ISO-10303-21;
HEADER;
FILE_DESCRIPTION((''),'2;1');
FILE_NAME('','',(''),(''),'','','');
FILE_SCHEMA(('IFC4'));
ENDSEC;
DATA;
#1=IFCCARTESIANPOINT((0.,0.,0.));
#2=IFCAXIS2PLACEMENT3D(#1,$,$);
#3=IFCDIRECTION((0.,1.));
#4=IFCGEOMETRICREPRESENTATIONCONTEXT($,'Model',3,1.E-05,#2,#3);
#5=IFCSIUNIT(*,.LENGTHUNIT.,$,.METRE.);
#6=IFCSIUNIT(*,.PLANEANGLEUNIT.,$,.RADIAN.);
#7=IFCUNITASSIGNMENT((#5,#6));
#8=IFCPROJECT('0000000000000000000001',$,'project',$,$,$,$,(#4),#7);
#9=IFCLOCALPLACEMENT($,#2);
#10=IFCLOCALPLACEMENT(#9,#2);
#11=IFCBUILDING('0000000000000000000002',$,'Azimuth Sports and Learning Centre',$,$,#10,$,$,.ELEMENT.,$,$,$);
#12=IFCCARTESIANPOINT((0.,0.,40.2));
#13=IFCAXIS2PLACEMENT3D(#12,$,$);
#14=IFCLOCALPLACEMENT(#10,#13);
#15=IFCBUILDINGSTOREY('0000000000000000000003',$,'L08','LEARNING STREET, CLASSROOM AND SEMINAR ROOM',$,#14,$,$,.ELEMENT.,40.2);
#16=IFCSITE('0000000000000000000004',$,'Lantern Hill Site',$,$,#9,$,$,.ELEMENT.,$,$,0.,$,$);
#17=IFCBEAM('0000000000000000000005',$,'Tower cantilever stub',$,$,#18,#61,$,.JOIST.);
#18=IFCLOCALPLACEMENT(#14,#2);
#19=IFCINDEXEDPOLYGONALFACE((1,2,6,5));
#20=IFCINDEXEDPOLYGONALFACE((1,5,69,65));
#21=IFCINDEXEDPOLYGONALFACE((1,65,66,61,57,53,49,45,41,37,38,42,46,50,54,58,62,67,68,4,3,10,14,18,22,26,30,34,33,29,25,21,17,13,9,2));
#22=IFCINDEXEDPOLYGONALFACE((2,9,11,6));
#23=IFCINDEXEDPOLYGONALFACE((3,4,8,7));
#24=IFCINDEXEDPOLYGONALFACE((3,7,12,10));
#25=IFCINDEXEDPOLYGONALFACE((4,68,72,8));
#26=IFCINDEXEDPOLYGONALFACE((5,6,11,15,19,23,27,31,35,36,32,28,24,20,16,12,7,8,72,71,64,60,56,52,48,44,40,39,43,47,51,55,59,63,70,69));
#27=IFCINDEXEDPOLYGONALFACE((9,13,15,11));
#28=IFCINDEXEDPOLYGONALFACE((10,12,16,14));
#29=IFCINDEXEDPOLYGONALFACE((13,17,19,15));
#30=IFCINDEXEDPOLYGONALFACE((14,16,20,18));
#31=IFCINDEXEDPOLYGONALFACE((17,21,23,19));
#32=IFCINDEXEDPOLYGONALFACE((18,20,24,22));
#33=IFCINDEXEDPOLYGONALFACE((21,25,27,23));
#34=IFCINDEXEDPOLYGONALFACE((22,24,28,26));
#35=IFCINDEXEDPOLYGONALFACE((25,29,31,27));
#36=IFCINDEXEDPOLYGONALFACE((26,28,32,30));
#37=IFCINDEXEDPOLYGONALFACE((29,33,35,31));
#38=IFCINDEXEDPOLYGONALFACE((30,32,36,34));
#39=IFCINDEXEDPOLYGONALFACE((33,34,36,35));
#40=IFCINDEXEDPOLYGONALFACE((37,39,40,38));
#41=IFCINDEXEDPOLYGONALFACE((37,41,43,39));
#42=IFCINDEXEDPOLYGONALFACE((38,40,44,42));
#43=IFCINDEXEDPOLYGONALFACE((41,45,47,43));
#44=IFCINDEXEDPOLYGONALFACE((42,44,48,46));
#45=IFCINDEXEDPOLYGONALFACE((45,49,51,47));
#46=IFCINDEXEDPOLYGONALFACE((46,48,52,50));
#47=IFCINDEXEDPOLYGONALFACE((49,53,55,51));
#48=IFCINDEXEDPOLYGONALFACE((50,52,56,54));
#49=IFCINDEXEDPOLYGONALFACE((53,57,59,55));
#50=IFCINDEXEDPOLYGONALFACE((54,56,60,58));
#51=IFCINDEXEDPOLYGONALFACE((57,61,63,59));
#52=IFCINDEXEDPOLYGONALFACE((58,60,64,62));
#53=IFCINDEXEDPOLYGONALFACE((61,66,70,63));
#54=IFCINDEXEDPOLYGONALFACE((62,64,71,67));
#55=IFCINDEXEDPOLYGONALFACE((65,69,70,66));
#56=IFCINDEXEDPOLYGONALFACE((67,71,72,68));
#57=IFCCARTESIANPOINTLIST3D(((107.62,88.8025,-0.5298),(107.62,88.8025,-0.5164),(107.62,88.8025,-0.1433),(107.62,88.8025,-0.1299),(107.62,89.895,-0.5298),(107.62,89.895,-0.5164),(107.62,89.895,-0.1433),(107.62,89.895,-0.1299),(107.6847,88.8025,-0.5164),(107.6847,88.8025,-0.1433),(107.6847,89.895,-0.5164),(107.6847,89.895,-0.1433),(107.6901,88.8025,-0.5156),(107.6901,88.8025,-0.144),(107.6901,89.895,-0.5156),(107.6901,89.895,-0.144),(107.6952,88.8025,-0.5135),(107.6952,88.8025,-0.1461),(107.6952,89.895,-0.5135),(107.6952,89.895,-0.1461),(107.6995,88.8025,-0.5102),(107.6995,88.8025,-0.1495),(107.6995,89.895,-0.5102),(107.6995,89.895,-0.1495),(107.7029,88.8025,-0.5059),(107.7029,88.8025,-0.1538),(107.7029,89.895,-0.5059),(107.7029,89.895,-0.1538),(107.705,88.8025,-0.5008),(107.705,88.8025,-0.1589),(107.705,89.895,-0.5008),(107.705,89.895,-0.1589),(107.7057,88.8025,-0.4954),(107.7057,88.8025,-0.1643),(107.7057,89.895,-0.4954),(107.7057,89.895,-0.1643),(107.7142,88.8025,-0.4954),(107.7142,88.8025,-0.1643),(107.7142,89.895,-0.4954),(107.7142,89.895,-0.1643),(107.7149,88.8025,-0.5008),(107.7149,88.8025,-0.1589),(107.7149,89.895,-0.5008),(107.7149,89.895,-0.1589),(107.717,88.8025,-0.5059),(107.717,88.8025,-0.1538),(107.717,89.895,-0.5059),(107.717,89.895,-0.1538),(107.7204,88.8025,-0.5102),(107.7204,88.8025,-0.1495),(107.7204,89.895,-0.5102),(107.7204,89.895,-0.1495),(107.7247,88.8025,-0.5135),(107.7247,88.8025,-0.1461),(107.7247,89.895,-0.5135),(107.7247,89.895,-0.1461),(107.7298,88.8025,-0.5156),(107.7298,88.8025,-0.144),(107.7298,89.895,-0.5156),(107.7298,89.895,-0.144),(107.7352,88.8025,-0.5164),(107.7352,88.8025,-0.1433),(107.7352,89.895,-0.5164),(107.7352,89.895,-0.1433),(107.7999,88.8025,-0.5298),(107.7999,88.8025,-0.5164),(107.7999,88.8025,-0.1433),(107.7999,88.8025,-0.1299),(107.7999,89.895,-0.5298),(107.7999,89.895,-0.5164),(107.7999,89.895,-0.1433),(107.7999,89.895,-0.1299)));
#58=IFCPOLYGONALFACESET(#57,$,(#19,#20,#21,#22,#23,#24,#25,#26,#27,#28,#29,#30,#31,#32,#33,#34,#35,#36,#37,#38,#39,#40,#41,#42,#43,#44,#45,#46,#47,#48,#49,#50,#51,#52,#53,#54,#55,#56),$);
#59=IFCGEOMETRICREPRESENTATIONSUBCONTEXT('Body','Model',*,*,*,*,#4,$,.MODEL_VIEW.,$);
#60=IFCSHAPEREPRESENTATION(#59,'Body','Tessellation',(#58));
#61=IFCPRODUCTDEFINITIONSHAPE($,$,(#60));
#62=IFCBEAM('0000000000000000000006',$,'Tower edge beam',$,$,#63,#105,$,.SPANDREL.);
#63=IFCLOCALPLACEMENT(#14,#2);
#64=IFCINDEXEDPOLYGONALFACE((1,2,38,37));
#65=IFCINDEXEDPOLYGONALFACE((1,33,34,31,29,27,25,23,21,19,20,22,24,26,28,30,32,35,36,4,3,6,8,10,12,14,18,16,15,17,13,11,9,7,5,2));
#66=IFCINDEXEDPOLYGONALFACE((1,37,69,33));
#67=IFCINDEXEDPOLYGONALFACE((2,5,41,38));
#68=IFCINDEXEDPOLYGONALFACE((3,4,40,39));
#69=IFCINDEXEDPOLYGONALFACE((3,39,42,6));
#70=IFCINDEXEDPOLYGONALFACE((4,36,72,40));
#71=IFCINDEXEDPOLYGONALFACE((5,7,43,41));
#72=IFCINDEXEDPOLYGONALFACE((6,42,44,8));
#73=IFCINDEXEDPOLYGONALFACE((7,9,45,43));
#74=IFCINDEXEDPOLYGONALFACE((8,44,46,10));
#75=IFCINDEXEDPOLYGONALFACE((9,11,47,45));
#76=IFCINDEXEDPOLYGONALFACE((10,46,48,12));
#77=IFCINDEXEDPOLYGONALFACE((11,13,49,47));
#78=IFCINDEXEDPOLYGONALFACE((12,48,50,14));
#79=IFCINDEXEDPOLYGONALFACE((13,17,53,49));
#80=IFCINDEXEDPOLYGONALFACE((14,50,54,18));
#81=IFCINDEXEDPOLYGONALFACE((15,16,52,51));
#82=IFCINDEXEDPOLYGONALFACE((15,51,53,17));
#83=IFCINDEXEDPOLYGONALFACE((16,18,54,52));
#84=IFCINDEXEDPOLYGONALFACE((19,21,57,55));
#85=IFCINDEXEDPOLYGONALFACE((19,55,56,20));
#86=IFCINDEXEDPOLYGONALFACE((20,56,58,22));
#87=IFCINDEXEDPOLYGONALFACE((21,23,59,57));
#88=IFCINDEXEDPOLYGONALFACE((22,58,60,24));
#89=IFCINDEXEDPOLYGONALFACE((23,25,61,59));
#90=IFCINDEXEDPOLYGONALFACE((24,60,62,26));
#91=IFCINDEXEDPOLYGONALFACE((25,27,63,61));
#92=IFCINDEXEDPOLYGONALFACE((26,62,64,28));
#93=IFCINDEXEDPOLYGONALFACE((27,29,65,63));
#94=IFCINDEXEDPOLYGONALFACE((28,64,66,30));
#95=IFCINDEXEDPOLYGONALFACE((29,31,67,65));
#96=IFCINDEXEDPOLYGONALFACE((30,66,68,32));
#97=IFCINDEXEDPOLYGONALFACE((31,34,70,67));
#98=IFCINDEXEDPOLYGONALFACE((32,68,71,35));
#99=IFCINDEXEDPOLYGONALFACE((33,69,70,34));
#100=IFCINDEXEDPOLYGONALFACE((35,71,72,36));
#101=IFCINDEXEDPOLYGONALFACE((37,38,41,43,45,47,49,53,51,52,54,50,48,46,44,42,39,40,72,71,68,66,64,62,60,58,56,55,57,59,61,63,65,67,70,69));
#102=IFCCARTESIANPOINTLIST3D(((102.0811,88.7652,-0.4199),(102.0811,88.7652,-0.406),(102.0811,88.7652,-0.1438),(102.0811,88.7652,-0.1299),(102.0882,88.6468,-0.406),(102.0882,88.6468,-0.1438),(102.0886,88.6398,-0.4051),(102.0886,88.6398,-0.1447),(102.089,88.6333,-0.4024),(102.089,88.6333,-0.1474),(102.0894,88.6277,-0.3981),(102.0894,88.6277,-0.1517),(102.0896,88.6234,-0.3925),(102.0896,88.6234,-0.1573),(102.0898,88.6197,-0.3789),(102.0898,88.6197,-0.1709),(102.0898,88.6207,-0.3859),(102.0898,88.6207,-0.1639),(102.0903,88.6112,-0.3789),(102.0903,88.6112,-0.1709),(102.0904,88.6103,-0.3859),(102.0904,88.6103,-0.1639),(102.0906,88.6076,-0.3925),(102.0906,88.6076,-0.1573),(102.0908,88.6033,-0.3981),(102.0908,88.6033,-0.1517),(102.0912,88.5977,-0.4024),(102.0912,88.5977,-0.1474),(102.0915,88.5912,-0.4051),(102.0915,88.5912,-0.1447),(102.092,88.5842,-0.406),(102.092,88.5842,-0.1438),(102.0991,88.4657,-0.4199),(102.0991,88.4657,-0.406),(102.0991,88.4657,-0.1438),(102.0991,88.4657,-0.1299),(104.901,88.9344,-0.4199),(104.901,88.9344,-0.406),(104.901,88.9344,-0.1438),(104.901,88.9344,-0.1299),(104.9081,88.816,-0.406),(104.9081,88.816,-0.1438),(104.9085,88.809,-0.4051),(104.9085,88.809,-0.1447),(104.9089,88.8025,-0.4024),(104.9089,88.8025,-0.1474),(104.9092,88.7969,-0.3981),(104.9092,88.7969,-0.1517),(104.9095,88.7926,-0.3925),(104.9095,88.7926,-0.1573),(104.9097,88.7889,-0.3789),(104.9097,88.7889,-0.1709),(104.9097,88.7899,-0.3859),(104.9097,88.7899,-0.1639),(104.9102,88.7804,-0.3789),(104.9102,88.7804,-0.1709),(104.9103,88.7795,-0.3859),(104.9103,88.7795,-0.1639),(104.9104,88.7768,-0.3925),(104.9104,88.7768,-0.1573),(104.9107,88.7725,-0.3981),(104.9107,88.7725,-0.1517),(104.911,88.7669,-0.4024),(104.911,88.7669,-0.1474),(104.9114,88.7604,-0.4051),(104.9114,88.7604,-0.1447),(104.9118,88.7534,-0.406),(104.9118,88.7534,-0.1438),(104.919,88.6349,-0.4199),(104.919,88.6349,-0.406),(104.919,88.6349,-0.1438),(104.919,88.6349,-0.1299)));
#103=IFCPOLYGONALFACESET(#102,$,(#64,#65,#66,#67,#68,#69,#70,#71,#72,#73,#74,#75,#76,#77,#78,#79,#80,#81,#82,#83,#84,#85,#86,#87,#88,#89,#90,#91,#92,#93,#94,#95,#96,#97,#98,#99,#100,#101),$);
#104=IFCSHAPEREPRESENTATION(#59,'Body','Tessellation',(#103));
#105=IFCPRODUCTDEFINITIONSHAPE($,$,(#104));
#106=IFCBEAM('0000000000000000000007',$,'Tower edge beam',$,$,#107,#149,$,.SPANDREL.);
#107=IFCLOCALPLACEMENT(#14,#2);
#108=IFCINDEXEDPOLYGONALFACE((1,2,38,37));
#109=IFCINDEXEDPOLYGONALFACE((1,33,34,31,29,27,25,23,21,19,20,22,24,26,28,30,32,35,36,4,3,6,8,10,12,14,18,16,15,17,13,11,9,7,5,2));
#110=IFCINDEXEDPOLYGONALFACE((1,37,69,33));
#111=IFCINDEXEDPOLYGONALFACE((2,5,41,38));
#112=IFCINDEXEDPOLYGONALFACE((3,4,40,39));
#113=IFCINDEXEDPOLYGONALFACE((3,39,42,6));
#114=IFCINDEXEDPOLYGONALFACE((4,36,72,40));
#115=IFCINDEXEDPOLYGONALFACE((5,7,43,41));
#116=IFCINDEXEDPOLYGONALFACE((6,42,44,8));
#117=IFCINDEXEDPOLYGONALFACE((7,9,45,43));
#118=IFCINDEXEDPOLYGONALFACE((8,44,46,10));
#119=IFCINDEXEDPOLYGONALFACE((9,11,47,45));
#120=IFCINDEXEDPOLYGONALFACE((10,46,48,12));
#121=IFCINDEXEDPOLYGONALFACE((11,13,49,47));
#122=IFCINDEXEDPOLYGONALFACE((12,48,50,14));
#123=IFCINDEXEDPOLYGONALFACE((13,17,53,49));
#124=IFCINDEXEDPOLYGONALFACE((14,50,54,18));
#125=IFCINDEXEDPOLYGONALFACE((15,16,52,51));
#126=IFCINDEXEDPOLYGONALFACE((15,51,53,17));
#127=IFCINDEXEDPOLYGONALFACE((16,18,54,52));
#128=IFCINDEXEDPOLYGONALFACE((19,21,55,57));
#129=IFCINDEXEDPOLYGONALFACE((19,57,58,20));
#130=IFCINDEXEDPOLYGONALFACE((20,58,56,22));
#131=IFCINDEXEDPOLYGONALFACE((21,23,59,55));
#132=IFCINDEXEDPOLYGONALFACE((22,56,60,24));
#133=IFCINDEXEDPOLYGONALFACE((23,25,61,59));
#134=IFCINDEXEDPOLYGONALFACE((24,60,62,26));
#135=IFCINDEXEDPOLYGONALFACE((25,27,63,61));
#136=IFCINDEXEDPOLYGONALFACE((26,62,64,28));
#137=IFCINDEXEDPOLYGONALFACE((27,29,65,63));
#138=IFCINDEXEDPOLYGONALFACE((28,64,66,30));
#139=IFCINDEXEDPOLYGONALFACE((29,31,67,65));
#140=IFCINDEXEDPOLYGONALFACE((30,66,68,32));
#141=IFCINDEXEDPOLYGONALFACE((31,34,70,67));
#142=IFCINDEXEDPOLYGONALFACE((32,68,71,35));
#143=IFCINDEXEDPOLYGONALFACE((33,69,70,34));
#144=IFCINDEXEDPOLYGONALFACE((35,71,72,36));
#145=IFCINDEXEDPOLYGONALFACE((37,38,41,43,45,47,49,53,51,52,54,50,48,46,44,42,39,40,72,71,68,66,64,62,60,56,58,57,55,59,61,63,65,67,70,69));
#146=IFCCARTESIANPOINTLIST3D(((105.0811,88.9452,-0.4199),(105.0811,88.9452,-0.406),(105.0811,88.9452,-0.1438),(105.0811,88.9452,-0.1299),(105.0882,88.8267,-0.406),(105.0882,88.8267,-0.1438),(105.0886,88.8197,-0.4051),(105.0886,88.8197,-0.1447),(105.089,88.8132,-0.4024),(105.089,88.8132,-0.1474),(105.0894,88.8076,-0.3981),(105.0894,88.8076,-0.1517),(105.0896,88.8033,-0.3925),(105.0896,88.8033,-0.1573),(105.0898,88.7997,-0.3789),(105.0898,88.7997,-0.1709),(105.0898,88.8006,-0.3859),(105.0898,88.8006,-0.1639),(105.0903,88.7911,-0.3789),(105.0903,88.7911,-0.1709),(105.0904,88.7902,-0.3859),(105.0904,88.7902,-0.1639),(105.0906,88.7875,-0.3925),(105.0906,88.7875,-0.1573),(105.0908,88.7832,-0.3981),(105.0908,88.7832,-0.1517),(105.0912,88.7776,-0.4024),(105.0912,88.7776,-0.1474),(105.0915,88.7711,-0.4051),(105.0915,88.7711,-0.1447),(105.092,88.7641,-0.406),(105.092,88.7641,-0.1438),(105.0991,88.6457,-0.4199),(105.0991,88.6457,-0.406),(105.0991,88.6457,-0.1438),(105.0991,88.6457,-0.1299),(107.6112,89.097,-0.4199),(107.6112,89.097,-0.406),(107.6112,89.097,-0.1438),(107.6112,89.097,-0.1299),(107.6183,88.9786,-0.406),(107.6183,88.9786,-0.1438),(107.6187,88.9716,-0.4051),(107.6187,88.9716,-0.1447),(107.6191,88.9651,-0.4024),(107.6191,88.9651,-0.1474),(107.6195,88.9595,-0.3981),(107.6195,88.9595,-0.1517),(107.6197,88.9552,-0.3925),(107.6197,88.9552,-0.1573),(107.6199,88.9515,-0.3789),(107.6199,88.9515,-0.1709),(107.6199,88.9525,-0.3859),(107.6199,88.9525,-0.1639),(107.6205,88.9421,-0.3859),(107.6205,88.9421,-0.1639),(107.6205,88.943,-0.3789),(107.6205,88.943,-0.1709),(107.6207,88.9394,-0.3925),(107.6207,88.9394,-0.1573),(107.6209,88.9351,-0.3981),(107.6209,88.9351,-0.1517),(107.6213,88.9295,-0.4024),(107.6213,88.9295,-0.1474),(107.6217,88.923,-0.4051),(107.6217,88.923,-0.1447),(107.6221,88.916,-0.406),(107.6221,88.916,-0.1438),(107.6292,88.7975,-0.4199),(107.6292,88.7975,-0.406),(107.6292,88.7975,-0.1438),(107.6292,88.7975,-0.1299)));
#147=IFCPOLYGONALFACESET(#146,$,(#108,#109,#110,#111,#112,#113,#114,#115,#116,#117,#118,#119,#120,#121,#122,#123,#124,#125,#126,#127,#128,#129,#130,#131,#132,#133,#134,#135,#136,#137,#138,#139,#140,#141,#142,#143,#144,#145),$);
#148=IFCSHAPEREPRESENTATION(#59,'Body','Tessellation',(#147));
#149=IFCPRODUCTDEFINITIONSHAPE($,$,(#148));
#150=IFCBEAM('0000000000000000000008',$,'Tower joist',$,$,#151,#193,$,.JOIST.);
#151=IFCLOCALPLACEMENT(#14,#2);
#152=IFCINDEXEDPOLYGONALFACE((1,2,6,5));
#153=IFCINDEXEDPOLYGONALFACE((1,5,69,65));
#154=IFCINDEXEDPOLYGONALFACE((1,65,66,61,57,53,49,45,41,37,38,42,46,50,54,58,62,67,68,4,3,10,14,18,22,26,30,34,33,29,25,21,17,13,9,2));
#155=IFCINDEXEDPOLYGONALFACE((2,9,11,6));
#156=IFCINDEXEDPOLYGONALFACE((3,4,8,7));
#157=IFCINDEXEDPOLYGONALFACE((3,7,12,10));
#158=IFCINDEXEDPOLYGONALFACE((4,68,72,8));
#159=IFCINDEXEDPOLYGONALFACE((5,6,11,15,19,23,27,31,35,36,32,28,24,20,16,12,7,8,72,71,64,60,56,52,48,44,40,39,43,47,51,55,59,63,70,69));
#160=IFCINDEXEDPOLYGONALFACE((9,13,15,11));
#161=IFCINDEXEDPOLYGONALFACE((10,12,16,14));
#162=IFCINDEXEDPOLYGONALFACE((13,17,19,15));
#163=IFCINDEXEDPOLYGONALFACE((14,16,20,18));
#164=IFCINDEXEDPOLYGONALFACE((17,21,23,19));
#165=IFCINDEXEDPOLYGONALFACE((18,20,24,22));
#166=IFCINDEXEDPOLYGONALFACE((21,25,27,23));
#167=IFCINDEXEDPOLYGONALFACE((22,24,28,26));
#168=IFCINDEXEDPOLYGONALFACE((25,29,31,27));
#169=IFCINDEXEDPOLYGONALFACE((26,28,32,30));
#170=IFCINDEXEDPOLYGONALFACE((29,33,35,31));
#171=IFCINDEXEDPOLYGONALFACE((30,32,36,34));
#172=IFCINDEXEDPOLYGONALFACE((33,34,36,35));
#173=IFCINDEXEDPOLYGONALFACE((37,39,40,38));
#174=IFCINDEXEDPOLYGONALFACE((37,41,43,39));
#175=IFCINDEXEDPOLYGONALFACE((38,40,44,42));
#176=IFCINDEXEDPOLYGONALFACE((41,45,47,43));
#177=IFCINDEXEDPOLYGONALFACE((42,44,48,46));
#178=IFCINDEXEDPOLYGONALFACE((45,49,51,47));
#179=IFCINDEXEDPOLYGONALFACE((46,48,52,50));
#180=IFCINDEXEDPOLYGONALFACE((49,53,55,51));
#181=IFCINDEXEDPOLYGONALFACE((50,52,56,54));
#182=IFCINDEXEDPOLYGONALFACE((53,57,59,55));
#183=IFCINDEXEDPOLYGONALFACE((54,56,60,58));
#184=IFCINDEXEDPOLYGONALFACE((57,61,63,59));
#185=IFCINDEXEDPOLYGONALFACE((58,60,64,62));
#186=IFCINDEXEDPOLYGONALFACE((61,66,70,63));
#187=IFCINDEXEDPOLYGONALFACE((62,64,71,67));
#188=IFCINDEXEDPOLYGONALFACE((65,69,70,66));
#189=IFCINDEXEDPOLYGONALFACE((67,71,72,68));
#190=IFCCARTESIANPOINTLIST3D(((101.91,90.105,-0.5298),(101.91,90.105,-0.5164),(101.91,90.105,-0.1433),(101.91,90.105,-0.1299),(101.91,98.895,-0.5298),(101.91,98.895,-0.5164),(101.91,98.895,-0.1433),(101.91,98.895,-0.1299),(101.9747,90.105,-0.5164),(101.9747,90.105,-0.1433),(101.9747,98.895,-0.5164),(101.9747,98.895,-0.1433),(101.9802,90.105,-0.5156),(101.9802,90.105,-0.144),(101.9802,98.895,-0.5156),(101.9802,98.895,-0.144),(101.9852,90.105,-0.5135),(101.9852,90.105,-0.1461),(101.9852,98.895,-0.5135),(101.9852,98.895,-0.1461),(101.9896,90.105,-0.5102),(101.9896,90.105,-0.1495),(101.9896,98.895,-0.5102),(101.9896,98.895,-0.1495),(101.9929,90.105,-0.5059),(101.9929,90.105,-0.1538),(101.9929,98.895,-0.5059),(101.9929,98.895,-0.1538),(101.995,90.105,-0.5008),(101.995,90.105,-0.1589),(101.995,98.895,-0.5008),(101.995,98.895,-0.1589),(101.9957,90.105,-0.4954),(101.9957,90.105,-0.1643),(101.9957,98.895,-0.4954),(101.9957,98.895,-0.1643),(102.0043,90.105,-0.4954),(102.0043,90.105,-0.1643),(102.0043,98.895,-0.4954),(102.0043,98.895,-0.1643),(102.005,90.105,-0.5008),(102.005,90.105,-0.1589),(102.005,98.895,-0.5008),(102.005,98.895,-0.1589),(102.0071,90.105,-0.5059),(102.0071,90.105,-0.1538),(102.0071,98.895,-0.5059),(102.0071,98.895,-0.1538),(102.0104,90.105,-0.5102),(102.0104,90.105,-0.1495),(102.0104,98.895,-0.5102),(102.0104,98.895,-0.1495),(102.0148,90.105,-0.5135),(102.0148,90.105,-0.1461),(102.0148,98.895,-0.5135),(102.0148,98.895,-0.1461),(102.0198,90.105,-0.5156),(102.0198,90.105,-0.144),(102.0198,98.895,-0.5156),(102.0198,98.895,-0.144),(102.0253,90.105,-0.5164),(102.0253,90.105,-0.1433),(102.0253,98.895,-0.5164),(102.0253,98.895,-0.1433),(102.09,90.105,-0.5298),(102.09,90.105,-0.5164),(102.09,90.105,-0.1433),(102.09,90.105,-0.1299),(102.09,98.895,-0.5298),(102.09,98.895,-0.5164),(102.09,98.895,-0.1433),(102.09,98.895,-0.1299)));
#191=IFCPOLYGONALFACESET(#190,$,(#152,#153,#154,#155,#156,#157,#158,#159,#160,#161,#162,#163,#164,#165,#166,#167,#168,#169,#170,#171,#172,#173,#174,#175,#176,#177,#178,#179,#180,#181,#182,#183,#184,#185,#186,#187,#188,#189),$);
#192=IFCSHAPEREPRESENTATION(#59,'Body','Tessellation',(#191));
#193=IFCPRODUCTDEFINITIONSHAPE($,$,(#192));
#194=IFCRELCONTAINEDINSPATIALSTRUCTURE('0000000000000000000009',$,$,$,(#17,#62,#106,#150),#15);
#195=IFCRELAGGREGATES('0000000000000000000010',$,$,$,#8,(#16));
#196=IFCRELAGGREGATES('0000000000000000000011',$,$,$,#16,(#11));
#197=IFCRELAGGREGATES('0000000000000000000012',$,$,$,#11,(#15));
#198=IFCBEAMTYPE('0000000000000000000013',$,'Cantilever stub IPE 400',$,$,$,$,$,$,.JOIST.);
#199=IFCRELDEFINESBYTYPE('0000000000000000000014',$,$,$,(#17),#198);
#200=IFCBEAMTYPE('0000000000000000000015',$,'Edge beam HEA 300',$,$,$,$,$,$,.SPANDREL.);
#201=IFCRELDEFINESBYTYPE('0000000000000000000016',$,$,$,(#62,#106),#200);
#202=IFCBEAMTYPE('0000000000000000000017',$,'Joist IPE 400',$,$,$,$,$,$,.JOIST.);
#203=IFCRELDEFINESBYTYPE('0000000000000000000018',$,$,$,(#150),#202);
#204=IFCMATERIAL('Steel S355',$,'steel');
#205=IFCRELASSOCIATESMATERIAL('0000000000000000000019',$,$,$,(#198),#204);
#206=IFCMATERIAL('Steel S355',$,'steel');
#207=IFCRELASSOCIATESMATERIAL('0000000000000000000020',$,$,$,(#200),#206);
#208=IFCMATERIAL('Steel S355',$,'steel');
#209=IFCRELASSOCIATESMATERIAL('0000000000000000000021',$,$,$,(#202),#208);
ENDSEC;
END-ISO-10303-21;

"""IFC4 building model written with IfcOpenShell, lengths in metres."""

from ifc_helpers import new_model, si_unit, direction, frame, origin, origin_2d, place, context, subcontext, project, spatial, i_section, extrude, material, material_profile, profile_set, type_object, element, save


model = new_model("IFC4")

# Units and contexts
model_context = context("Model", 3, precision=1e-05, world=origin(), true_north=direction((0.0, 1.0)))
body_context = subcontext(model_context, "Body", "Model", "MODEL_VIEW")
ifc_project = project(units=[si_unit("LENGTHUNIT", "METRE"), si_unit("PLANEANGLEUNIT", "RADIAN")], contexts=[model_context])

# Site, building, storey
site_placement = place(None, origin())
site = spatial("IfcSite", under=ifc_project, at=site_placement, Name="Lantern Hill Site", CompositionType="ELEMENT", RefElevation=0.0)
building_placement = place(site_placement, origin())
building = spatial("IfcBuilding", under=site, at=building_placement, Name="Azimuth Sports and Learning Centre", CompositionType="ELEMENT")
storey_placement = place(building_placement, frame((0.0, 0.0, 40.2)))
storey = spatial("IfcBuildingStorey", under=building, at=storey_placement, Name="L08", Description="LEARNING STREET, CLASSROOM AND SEMINAR ROOM", CompositionType="ELEMENT", Elevation=40.2)

# Beams
ifc_material_1 = material(Name="Steel S355", Category="steel")
ifc_material_profile_1 = material_profile(ifc_material_1, i_section(OverallWidth=0.1799, OverallDepth=0.3999, WebThickness=0.0085, FlangeThickness=0.0134, FilletRadius=0.021, at=origin_2d()), Name="IPE 400")
ifc_profile_set_1 = profile_set([ifc_material_profile_1], Name="Steel S355")
beam_type_1 = type_object("IfcBeamType", Name="Cantilever stub IPE 400", PredefinedType="JOIST", material=ifc_profile_set_1)
beam_1_placement = place(storey_placement, frame((107.71, 89.895, -0.3298), z_axis=(0.0, -1.0, 0.0), x_axis=(1.0, 0.0, 0.0)))
element("IfcBeam", 1, at=beam_1_placement, inside=storey, type_object=beam_type_1, Name="Tower cantilever stub", PredefinedType="JOIST", context=body_context, shape_type="SweptSolid", body=[
    extrude(i_section(OverallWidth=0.1799, OverallDepth=0.3999, WebThickness=0.0085, FlangeThickness=0.0134, FilletRadius=0.021, at=origin_2d()), origin(), (0.0, 0.0, 1.0), 1.0925),
])
ifc_material_2 = material(Name="Steel S355", Category="steel")
ifc_material_profile_2 = material_profile(ifc_material_2, i_section(OverallWidth=0.3, OverallDepth=0.29, WebThickness=0.0085, FlangeThickness=0.0139, FilletRadius=0.0271, at=origin_2d()), Name="HEA 300")
ifc_profile_set_2 = profile_set([ifc_material_profile_2], Name="Steel S355")
beam_type_2 = type_object("IfcBeamType", Name="Edge beam HEA 300", PredefinedType="SPANDREL", material=ifc_profile_set_2)
beam_2_placement = place(storey_placement, frame((102.0901, 88.6155, -0.2749), z_axis=(0.998205, 0.059892, 0.0), x_axis=(-0.059892, 0.998205, 0.0)))
element("IfcBeam", 2, at=beam_2_placement, inside=storey, type_object=beam_type_2, Name="Tower edge beam", PredefinedType="SPANDREL", context=body_context, shape_type="SweptSolid", body=[
    extrude(i_section(OverallWidth=0.3, OverallDepth=0.29, WebThickness=0.0085, FlangeThickness=0.0139, FilletRadius=0.0271, at=origin_2d()), origin(), (0.0, 0.0, 1.0), 2.825),
])
beam_3_placement = place(storey_placement, frame((105.0901, 88.7954, -0.2749), z_axis=(0.998204, 0.059913, 0.0), x_axis=(-0.059913, 0.998204, 0.0)))
element("IfcBeam", 3, at=beam_3_placement, inside=storey, type_object=beam_type_2, Name="Tower edge beam", PredefinedType="SPANDREL", context=body_context, shape_type="SweptSolid", body=[
    extrude(i_section(OverallWidth=0.3, OverallDepth=0.29, WebThickness=0.0085, FlangeThickness=0.0139, FilletRadius=0.0271, at=origin_2d()), origin(), (0.0, 0.0, 1.0), 2.5347),
])
ifc_material_3 = material(Name="Steel S355", Category="steel")
ifc_material_profile_3 = material_profile(ifc_material_3, i_section(OverallWidth=0.1799, OverallDepth=0.3999, WebThickness=0.0085, FlangeThickness=0.0134, FilletRadius=0.021, at=origin_2d()), Name="IPE 400")
ifc_profile_set_3 = profile_set([ifc_material_profile_3], Name="Steel S355")
beam_type_3 = type_object("IfcBeamType", Name="Joist IPE 400", PredefinedType="JOIST", material=ifc_profile_set_3)
for number, where, z_axis, x_axis, name in (
    (4, (102.0, 90.105, -0.3298), (0.0, 1.0, 0.0), (-1.0, 0.0, 0.0), "Tower joist"),
):
    element("IfcBeam", number, at=place(storey_placement, frame(where, z_axis=z_axis, x_axis=x_axis)), inside=storey, type_object=beam_type_3, Name=name, PredefinedType="JOIST", context=body_context, shape_type="SweptSolid", body=[
        extrude(i_section(OverallWidth=0.1799, OverallDepth=0.3999, WebThickness=0.0085, FlangeThickness=0.0134, FilletRadius=0.021, at=origin_2d()), origin(), (0.0, 0.0, 1.0), 8.79),
    ])

save(model, "model.ifc")
